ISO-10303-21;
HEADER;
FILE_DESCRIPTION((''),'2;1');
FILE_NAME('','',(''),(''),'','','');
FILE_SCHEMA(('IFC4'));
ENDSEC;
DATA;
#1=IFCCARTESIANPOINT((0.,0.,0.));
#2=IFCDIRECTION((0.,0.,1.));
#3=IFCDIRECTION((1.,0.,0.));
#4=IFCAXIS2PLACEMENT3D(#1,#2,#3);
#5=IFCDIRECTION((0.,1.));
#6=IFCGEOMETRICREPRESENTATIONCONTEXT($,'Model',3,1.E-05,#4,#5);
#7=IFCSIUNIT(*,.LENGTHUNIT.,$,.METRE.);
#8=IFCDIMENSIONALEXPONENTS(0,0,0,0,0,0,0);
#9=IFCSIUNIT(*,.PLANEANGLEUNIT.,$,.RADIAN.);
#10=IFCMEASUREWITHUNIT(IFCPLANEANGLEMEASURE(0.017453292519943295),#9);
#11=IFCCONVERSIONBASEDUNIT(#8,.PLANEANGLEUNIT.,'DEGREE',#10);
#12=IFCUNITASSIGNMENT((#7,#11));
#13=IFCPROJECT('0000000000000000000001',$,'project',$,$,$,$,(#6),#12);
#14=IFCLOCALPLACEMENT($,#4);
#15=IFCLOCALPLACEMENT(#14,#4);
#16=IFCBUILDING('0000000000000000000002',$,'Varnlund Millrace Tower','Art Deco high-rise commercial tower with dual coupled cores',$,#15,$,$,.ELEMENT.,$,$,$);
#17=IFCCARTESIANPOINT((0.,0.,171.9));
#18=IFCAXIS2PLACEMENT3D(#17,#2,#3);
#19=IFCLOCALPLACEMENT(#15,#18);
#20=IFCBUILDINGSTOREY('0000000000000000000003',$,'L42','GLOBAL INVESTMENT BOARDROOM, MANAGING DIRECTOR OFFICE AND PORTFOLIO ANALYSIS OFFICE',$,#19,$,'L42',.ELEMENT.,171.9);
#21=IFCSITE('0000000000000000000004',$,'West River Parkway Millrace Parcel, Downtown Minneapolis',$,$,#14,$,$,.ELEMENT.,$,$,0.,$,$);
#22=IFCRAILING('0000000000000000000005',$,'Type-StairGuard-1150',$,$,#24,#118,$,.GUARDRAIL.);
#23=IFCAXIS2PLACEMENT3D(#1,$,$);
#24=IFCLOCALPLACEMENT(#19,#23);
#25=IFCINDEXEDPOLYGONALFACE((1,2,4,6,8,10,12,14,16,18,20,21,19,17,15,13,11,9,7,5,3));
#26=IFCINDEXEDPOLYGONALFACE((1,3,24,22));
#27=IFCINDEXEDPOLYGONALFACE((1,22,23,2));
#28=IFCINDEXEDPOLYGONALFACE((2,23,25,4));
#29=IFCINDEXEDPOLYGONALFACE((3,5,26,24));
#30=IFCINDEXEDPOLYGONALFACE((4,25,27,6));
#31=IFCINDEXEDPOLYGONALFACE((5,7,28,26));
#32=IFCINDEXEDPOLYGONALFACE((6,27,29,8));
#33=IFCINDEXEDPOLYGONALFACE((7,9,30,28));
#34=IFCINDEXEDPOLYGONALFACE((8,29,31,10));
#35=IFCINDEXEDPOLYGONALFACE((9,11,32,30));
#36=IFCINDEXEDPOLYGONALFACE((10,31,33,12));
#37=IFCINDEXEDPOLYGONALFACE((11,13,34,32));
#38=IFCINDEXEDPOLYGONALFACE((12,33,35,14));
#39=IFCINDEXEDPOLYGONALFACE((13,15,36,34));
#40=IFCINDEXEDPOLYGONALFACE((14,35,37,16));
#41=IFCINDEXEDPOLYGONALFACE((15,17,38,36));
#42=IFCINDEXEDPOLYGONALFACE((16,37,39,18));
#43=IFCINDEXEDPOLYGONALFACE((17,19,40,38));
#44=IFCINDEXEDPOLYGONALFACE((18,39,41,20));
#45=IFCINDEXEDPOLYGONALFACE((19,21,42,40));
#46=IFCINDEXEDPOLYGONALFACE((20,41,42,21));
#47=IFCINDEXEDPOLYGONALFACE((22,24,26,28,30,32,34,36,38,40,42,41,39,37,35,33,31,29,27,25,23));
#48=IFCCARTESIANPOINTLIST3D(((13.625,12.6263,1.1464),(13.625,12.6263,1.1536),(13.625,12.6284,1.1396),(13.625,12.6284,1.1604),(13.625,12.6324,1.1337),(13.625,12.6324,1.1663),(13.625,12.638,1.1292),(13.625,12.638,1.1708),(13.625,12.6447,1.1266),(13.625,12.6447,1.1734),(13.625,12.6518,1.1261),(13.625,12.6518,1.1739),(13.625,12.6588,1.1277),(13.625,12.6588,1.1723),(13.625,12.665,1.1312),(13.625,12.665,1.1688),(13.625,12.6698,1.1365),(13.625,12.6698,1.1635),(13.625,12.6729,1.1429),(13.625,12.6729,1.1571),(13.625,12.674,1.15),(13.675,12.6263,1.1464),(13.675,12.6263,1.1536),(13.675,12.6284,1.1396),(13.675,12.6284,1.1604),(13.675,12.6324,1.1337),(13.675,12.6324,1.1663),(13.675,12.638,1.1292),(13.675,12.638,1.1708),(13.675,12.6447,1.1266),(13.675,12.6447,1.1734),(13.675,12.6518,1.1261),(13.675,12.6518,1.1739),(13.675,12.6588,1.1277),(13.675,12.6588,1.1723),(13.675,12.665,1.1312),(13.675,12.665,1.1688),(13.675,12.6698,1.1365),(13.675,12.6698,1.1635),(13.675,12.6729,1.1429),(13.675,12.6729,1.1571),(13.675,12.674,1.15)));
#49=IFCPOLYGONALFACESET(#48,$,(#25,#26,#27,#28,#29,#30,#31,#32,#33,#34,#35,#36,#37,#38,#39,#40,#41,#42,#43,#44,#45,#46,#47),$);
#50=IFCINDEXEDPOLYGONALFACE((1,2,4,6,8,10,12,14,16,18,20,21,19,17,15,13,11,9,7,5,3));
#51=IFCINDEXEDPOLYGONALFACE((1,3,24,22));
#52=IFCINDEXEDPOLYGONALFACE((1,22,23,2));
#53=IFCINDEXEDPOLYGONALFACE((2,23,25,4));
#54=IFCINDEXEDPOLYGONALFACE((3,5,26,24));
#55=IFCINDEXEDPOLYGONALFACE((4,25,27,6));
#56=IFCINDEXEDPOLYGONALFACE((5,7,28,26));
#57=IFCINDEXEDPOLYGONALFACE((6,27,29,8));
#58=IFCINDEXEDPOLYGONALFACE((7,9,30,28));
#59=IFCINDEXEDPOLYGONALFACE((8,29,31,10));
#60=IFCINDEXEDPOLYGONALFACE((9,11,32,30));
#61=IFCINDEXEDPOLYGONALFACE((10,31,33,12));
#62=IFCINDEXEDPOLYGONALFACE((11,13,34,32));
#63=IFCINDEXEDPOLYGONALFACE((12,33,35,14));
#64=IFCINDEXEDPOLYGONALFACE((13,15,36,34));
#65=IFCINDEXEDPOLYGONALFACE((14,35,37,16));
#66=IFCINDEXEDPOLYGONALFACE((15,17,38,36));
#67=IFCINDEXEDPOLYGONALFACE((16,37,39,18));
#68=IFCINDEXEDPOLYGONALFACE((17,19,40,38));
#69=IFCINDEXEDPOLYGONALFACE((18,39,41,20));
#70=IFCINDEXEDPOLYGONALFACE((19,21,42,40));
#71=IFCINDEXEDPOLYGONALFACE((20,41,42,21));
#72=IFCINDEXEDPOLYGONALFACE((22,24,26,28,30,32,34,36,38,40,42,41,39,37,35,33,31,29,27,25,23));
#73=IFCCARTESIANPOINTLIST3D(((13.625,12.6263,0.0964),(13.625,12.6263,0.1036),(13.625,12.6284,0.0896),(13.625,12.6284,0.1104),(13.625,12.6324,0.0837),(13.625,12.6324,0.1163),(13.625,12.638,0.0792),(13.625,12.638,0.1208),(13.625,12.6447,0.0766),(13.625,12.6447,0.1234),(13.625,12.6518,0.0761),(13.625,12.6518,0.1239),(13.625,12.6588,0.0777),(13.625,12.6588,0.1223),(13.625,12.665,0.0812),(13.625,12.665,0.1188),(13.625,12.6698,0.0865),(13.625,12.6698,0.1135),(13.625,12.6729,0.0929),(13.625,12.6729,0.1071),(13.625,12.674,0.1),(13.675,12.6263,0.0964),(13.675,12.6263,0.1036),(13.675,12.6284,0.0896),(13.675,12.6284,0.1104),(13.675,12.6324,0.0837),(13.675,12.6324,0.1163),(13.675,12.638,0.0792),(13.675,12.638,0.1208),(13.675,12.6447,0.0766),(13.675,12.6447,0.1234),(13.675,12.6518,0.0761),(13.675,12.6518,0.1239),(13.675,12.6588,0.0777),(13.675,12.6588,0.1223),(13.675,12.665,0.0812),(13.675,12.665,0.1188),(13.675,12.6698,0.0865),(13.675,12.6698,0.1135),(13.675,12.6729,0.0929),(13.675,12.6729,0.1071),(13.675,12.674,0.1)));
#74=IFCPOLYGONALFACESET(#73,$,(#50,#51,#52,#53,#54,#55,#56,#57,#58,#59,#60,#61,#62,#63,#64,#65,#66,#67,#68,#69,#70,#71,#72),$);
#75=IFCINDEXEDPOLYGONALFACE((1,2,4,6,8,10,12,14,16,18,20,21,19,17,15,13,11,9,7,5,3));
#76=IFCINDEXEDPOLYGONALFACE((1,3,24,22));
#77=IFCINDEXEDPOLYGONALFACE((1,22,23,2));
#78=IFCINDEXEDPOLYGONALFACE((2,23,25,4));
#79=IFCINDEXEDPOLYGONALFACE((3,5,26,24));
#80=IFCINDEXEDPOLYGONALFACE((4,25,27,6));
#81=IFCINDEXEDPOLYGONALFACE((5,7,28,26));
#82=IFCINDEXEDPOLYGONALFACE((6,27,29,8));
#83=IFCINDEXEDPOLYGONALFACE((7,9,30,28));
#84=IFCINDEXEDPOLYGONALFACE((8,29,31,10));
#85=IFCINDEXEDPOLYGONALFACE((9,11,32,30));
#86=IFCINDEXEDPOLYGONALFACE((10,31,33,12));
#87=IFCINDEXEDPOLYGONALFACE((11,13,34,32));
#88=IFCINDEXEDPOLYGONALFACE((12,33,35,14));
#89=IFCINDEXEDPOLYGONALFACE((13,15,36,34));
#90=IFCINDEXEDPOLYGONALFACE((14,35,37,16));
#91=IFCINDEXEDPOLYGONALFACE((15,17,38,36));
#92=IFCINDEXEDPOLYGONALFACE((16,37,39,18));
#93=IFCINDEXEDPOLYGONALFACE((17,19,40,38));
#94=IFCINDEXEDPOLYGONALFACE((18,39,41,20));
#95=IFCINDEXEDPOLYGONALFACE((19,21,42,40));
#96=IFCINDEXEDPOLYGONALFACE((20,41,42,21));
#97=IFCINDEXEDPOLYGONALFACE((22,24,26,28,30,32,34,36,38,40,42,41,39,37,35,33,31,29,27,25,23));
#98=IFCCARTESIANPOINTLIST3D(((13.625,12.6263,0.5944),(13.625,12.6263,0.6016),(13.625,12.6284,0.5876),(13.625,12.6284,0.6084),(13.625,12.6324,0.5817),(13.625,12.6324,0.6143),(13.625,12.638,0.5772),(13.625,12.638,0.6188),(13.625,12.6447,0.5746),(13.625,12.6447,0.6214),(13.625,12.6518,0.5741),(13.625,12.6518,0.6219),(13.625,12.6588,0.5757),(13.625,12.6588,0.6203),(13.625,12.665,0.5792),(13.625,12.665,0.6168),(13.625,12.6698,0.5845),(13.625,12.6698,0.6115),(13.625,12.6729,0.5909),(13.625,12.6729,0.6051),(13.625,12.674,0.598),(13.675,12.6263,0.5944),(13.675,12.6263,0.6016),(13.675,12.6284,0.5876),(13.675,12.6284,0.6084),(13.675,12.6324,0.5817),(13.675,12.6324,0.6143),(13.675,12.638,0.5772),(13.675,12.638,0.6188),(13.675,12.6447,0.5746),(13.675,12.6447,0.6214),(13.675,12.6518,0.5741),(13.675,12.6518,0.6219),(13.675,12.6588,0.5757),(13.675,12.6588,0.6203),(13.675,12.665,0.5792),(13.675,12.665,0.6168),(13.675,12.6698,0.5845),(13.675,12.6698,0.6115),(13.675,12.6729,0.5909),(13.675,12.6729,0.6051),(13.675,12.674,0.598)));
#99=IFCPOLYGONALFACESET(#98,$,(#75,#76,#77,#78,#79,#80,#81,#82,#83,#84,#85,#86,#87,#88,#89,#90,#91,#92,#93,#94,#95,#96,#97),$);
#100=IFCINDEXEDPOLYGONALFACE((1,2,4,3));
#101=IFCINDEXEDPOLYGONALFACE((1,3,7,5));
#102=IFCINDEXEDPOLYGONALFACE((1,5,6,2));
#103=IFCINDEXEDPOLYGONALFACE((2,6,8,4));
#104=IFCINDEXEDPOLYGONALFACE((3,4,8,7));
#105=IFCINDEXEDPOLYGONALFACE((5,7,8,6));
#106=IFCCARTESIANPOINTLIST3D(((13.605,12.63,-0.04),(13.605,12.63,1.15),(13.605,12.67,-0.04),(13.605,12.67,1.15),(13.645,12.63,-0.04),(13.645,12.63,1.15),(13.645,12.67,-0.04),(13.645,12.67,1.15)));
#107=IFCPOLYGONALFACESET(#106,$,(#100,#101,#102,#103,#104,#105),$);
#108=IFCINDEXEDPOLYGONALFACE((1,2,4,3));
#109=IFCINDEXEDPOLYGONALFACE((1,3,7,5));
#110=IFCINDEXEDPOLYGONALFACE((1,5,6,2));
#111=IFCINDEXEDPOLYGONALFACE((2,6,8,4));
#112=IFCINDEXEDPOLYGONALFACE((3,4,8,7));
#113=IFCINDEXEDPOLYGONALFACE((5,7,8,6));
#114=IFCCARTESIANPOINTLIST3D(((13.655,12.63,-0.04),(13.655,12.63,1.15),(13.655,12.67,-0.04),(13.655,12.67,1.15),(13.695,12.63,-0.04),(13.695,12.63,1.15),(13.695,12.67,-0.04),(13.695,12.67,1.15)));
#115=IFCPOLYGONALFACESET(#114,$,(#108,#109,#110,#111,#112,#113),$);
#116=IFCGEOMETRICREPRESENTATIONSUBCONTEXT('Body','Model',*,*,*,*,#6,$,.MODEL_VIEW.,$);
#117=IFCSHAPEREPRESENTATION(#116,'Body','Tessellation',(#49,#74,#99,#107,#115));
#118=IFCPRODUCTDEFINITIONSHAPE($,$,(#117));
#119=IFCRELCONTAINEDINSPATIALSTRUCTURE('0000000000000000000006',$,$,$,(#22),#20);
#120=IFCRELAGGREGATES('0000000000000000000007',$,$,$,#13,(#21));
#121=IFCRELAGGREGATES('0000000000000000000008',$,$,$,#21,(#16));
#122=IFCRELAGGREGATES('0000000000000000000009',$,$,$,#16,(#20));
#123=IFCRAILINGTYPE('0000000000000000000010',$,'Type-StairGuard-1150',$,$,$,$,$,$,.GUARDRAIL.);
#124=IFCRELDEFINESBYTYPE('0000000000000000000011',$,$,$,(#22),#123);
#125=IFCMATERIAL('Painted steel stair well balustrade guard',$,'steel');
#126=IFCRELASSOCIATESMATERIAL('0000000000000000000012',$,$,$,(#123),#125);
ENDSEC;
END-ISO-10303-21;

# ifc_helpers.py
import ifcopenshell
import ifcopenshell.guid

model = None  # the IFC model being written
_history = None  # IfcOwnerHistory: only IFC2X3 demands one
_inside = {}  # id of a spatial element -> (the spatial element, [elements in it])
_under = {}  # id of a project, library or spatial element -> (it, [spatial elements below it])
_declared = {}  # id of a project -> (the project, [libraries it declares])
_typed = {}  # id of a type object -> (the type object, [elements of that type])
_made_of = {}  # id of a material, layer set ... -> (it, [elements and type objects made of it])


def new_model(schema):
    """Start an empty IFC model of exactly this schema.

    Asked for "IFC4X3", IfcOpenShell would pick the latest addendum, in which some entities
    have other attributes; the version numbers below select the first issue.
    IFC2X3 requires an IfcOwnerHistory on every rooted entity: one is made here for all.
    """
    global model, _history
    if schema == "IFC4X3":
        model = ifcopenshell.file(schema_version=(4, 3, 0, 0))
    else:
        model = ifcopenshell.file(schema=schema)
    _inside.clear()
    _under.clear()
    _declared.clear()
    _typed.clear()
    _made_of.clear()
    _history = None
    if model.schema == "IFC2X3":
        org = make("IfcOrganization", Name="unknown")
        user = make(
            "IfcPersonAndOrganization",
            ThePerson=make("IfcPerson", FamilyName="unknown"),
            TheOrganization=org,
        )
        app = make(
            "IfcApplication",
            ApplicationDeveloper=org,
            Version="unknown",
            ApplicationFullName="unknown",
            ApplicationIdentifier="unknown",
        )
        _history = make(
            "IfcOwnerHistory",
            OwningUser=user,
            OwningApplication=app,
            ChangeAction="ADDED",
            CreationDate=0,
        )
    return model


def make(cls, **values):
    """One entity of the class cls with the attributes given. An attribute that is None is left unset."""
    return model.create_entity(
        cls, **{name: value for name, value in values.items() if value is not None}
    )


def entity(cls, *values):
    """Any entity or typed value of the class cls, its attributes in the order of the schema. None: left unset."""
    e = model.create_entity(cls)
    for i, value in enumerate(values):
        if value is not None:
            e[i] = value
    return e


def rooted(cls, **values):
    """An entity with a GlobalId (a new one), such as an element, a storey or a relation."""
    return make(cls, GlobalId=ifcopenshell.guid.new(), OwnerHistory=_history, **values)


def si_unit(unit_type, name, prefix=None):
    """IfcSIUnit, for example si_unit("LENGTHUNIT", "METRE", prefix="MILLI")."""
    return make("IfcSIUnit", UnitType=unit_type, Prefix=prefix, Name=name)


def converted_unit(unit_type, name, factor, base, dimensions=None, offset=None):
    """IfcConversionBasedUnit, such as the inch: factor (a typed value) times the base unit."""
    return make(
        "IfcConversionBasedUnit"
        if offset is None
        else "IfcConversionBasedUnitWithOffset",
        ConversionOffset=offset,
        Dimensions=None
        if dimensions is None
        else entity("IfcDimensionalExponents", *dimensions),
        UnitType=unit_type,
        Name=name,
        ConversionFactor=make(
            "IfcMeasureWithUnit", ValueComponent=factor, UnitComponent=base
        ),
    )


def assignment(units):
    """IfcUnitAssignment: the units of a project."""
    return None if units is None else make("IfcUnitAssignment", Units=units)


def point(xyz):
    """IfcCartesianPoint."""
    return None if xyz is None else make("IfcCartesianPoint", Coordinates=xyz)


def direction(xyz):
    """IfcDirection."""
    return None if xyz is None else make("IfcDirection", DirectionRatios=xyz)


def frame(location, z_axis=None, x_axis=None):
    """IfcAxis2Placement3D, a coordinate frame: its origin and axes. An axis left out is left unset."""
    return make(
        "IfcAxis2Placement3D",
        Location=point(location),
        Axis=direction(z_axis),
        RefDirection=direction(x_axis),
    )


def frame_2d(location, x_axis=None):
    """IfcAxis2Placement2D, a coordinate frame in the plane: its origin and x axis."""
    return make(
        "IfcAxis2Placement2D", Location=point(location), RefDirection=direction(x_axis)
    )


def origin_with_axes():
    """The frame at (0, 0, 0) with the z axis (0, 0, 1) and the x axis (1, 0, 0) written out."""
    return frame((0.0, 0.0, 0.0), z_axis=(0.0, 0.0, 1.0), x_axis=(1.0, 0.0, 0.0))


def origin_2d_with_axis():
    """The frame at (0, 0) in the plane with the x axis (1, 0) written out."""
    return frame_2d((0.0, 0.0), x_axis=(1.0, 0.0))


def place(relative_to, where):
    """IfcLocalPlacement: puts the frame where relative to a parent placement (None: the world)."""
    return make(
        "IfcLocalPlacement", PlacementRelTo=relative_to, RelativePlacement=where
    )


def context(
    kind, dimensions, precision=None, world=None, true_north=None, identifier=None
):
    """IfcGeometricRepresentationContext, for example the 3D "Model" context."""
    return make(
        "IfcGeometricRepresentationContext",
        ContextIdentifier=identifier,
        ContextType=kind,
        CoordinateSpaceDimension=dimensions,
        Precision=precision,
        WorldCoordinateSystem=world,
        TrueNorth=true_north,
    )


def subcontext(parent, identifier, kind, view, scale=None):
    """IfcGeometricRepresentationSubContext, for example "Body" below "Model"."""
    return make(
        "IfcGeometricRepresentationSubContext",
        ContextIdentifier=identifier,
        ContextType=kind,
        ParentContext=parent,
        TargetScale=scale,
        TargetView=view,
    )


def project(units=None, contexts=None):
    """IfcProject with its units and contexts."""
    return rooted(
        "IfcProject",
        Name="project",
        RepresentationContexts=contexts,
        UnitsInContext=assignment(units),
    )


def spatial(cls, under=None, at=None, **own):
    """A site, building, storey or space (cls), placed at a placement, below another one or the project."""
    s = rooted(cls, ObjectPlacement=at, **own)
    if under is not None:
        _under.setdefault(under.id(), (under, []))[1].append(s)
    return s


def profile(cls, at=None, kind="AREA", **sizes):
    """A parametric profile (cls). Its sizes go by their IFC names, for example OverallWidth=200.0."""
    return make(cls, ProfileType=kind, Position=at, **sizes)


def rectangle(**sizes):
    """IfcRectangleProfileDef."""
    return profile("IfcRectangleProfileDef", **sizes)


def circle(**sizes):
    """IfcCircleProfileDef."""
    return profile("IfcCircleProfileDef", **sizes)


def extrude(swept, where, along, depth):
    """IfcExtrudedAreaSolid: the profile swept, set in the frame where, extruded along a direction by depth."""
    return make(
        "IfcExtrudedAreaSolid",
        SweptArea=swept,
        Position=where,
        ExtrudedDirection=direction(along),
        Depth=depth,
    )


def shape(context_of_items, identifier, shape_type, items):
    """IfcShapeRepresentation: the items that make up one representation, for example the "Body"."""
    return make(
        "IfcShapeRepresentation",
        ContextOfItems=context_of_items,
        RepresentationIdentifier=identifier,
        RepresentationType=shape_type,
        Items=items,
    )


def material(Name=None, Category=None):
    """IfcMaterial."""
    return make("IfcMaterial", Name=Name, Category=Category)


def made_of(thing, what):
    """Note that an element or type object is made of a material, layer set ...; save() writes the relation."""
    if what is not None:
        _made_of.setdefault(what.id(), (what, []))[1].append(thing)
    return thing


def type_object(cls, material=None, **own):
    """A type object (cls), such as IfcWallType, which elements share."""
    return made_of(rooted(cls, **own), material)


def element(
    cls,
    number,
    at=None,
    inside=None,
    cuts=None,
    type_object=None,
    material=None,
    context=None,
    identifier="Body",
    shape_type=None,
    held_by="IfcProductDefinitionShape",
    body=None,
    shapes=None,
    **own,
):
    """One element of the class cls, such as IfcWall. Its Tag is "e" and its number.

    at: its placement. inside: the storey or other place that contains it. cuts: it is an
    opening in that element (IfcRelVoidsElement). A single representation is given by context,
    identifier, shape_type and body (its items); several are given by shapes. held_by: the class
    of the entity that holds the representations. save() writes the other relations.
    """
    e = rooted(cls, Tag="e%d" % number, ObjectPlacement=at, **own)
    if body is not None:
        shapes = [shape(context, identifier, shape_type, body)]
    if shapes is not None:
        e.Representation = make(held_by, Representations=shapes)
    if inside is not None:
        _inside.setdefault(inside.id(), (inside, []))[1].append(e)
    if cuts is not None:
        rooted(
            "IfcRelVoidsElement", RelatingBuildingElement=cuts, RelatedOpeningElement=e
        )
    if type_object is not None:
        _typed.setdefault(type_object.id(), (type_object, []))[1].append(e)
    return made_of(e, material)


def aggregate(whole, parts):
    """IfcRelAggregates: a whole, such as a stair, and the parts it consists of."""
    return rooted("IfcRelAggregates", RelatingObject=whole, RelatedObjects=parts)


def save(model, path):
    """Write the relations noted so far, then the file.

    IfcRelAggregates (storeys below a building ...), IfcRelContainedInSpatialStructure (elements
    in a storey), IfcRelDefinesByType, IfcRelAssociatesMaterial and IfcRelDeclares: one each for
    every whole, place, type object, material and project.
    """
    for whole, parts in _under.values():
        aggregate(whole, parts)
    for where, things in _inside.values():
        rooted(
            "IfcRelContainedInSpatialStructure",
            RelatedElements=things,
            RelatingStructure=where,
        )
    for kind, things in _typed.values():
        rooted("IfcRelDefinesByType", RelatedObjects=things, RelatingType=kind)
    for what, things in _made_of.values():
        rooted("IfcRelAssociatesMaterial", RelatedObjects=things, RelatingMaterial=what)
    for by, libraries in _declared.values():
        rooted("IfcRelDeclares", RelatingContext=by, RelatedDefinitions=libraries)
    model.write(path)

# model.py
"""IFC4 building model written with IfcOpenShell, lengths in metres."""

from ifc_helpers import new_model, entity, si_unit, converted_unit, direction, frame, origin_with_axes, origin_2d_with_axis, place, context, subcontext, project, spatial, rectangle, circle, extrude, material, type_object, element, save


model = new_model("IFC4")

# Units and contexts
model_context = context("Model", 3, precision=1e-05, world=origin_with_axes(), true_north=direction((0.0, 1.0)))
body_context = subcontext(model_context, "Body", "Model", "MODEL_VIEW")
ifc_project = project(units=[si_unit("LENGTHUNIT", "METRE"), converted_unit("PLANEANGLEUNIT", "DEGREE", entity("IfcPlaneAngleMeasure", 0.017453292519943295), si_unit("PLANEANGLEUNIT", "RADIAN"), dimensions=[0, 0, 0, 0, 0, 0, 0])], contexts=[model_context])

# Site, building, storey
site_placement = place(None, origin_with_axes())
site = spatial("IfcSite", under=ifc_project, at=site_placement, Name="West River Parkway Millrace Parcel, Downtown Minneapolis", CompositionType="ELEMENT", RefElevation=0.0)
building_placement = place(site_placement, origin_with_axes())
building = spatial("IfcBuilding", under=site, at=building_placement, Name="Varnlund Millrace Tower", Description="Art Deco high-rise commercial tower with dual coupled cores", CompositionType="ELEMENT")
storey_placement = place(building_placement, frame((0.0, 0.0, 171.9), z_axis=(0.0, 0.0, 1.0), x_axis=(1.0, 0.0, 0.0)))
storey = spatial("IfcBuildingStorey", under=building, at=storey_placement, Name="L42", Description="GLOBAL INVESTMENT BOARDROOM, MANAGING DIRECTOR OFFICE AND PORTFOLIO ANALYSIS OFFICE", LongName="L42", CompositionType="ELEMENT", Elevation=171.9)

# Railing
ifc_material_1 = material(Name="Painted steel stair well balustrade guard", Category="steel")
railing_type_1 = type_object("IfcRailingType", Name="Type-StairGuard-1150", PredefinedType="GUARDRAIL", material=ifc_material_1)
railing_1_placement = place(storey_placement, frame((0.0, 0.0, -171.9), z_axis=(0.0, 0.0, 1.0), x_axis=(1.0, 0.0, 0.0)))
element("IfcRailing", 1, at=railing_1_placement, inside=storey, type_object=railing_type_1, Name="Type-StairGuard-1150", PredefinedType="GUARDRAIL", context=body_context, shape_type="SweptSolid", body=[
    extrude(circle(Radius=0.024, at=origin_2d_with_axis()), frame((13.625, 12.65, 173.05), z_axis=(1.0, 0.0, 0.0), x_axis=(0.0, 1.0, 0.0)), (0.0, 0.0, 1.0), 0.05),
    extrude(circle(Radius=0.024, at=origin_2d_with_axis()), frame((13.625, 12.65, 172.0), z_axis=(1.0, 0.0, 0.0), x_axis=(0.0, 1.0, 0.0)), (0.0, 0.0, 1.0), 0.05),
    extrude(circle(Radius=0.024, at=origin_2d_with_axis()), frame((13.625, 12.65, 172.498), z_axis=(1.0, 0.0, 0.0), x_axis=(0.0, 1.0, 0.0)), (0.0, 0.0, 1.0), 0.05),
    extrude(rectangle(XDim=0.04, YDim=0.04, at=origin_2d_with_axis()), frame((13.625, 12.65, 171.86), z_axis=(0.0, 0.0, 1.0), x_axis=(1.0, 0.0, 0.0)), (0.0, 0.0, 1.0), 1.19),
    extrude(rectangle(XDim=0.04, YDim=0.04, at=origin_2d_with_axis()), frame((13.675, 12.65, 171.86), z_axis=(0.0, 0.0, 1.0), x_axis=(1.0, 0.0, 0.0)), (0.0, 0.0, 1.0), 1.19),
])

save(model, "model.ifc")
